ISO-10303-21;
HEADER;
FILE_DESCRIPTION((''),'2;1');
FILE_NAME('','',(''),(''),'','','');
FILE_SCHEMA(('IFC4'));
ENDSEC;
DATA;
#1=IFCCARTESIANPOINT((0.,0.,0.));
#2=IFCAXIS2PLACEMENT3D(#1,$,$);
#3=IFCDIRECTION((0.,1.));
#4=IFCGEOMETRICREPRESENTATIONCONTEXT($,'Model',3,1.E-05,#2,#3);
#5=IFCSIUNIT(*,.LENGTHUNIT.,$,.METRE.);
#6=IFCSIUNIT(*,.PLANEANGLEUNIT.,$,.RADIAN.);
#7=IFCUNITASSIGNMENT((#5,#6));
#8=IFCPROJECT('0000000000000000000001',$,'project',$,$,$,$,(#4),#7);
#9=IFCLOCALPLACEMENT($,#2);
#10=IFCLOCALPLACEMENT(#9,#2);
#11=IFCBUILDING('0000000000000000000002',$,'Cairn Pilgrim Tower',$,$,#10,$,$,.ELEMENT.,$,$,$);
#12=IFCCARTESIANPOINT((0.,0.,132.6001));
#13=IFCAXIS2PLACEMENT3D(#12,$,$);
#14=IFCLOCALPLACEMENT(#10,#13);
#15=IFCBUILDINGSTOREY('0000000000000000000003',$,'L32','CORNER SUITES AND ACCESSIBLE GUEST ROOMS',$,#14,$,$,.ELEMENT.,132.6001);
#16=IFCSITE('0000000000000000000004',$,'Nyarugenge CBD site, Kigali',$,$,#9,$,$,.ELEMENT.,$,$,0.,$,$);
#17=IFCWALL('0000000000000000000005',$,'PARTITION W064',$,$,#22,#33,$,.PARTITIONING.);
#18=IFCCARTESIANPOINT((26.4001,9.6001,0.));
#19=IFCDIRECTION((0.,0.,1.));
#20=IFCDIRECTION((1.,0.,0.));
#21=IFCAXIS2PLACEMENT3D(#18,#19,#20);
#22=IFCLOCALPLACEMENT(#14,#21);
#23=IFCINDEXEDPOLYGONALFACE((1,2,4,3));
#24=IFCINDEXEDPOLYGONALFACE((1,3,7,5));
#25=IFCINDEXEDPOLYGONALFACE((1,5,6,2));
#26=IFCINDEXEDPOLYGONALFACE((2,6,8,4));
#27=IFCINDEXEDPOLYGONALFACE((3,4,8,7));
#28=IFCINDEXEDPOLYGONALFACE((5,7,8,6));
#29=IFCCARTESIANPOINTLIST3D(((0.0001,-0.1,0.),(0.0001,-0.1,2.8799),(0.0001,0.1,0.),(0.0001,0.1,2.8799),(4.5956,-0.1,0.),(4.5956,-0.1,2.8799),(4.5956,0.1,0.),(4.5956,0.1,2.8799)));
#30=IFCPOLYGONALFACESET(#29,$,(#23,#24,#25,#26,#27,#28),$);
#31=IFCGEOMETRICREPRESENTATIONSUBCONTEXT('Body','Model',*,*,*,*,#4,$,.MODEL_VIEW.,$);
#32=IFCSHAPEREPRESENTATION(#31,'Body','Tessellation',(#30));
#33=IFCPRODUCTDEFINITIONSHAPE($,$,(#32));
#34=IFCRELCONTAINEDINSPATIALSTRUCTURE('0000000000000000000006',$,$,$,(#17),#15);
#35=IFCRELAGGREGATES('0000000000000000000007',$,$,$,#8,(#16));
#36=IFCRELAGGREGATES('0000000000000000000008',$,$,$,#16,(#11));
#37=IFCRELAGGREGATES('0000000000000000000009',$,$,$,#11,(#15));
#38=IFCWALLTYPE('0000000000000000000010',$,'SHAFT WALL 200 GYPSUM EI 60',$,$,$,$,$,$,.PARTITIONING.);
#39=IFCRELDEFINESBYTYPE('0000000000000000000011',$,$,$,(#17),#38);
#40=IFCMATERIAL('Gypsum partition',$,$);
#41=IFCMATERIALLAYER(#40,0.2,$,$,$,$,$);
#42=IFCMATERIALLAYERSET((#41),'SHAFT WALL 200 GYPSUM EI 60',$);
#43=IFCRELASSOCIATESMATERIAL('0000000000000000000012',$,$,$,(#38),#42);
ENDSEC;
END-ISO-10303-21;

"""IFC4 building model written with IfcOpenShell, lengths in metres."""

from ifc_helpers import new_model, si_unit, direction, frame, frame_2d, origin, place, context, subcontext, project, spatial, rectangle, extrude, material, layer, layer_set, type_object, element, save


model = new_model("IFC4")

# Units and contexts
model_context = context("Model", 3, precision=1e-05, world=origin(), true_north=direction((0.0, 1.0)))
body_context = subcontext(model_context, "Body", "Model", "MODEL_VIEW")
ifc_project = project(units=[si_unit("LENGTHUNIT", "METRE"), si_unit("PLANEANGLEUNIT", "RADIAN")], contexts=[model_context])

# Site, building, storey
site_placement = place(None, origin())
site = spatial("IfcSite", under=ifc_project, at=site_placement, Name="Nyarugenge CBD site, Kigali", CompositionType="ELEMENT", RefElevation=0.0)
building_placement = place(site_placement, origin())
building = spatial("IfcBuilding", under=site, at=building_placement, Name="Cairn Pilgrim Tower", CompositionType="ELEMENT")
storey_placement = place(building_placement, frame((0.0, 0.0, 132.6001)))
storey = spatial("IfcBuildingStorey", under=building, at=storey_placement, Name="L32", Description="CORNER SUITES AND ACCESSIBLE GUEST ROOMS", CompositionType="ELEMENT", Elevation=132.6001)

# Shared definitions
ifc_material_1 = material(Name="Gypsum partition")

# Wall
ifc_layer_1 = layer(ifc_material_1, 0.2)
ifc_layer_set_1 = layer_set([ifc_layer_1], Name="SHAFT WALL 200 GYPSUM EI 60")
wall_type_1 = type_object("IfcWallType", Name="SHAFT WALL 200 GYPSUM EI 60", PredefinedType="PARTITIONING", material=ifc_layer_set_1)
wall_1_placement = place(storey_placement, frame((26.4001, 9.6001, 0.0), z_axis=(0.0, 0.0, 1.0), x_axis=(1.0, 0.0, 0.0)))
element("IfcWall", 1, at=wall_1_placement, inside=storey, type_object=wall_type_1, Name="PARTITION W064", PredefinedType="PARTITIONING", context=body_context, shape_type="SweptSolid", body=[
    extrude(rectangle(XDim=4.5955, YDim=0.2, at=frame_2d((2.2979, 0.0))), origin(), (0.0, 0.0, 1.0), 2.8799),
])

save(model, "model.ifc")
